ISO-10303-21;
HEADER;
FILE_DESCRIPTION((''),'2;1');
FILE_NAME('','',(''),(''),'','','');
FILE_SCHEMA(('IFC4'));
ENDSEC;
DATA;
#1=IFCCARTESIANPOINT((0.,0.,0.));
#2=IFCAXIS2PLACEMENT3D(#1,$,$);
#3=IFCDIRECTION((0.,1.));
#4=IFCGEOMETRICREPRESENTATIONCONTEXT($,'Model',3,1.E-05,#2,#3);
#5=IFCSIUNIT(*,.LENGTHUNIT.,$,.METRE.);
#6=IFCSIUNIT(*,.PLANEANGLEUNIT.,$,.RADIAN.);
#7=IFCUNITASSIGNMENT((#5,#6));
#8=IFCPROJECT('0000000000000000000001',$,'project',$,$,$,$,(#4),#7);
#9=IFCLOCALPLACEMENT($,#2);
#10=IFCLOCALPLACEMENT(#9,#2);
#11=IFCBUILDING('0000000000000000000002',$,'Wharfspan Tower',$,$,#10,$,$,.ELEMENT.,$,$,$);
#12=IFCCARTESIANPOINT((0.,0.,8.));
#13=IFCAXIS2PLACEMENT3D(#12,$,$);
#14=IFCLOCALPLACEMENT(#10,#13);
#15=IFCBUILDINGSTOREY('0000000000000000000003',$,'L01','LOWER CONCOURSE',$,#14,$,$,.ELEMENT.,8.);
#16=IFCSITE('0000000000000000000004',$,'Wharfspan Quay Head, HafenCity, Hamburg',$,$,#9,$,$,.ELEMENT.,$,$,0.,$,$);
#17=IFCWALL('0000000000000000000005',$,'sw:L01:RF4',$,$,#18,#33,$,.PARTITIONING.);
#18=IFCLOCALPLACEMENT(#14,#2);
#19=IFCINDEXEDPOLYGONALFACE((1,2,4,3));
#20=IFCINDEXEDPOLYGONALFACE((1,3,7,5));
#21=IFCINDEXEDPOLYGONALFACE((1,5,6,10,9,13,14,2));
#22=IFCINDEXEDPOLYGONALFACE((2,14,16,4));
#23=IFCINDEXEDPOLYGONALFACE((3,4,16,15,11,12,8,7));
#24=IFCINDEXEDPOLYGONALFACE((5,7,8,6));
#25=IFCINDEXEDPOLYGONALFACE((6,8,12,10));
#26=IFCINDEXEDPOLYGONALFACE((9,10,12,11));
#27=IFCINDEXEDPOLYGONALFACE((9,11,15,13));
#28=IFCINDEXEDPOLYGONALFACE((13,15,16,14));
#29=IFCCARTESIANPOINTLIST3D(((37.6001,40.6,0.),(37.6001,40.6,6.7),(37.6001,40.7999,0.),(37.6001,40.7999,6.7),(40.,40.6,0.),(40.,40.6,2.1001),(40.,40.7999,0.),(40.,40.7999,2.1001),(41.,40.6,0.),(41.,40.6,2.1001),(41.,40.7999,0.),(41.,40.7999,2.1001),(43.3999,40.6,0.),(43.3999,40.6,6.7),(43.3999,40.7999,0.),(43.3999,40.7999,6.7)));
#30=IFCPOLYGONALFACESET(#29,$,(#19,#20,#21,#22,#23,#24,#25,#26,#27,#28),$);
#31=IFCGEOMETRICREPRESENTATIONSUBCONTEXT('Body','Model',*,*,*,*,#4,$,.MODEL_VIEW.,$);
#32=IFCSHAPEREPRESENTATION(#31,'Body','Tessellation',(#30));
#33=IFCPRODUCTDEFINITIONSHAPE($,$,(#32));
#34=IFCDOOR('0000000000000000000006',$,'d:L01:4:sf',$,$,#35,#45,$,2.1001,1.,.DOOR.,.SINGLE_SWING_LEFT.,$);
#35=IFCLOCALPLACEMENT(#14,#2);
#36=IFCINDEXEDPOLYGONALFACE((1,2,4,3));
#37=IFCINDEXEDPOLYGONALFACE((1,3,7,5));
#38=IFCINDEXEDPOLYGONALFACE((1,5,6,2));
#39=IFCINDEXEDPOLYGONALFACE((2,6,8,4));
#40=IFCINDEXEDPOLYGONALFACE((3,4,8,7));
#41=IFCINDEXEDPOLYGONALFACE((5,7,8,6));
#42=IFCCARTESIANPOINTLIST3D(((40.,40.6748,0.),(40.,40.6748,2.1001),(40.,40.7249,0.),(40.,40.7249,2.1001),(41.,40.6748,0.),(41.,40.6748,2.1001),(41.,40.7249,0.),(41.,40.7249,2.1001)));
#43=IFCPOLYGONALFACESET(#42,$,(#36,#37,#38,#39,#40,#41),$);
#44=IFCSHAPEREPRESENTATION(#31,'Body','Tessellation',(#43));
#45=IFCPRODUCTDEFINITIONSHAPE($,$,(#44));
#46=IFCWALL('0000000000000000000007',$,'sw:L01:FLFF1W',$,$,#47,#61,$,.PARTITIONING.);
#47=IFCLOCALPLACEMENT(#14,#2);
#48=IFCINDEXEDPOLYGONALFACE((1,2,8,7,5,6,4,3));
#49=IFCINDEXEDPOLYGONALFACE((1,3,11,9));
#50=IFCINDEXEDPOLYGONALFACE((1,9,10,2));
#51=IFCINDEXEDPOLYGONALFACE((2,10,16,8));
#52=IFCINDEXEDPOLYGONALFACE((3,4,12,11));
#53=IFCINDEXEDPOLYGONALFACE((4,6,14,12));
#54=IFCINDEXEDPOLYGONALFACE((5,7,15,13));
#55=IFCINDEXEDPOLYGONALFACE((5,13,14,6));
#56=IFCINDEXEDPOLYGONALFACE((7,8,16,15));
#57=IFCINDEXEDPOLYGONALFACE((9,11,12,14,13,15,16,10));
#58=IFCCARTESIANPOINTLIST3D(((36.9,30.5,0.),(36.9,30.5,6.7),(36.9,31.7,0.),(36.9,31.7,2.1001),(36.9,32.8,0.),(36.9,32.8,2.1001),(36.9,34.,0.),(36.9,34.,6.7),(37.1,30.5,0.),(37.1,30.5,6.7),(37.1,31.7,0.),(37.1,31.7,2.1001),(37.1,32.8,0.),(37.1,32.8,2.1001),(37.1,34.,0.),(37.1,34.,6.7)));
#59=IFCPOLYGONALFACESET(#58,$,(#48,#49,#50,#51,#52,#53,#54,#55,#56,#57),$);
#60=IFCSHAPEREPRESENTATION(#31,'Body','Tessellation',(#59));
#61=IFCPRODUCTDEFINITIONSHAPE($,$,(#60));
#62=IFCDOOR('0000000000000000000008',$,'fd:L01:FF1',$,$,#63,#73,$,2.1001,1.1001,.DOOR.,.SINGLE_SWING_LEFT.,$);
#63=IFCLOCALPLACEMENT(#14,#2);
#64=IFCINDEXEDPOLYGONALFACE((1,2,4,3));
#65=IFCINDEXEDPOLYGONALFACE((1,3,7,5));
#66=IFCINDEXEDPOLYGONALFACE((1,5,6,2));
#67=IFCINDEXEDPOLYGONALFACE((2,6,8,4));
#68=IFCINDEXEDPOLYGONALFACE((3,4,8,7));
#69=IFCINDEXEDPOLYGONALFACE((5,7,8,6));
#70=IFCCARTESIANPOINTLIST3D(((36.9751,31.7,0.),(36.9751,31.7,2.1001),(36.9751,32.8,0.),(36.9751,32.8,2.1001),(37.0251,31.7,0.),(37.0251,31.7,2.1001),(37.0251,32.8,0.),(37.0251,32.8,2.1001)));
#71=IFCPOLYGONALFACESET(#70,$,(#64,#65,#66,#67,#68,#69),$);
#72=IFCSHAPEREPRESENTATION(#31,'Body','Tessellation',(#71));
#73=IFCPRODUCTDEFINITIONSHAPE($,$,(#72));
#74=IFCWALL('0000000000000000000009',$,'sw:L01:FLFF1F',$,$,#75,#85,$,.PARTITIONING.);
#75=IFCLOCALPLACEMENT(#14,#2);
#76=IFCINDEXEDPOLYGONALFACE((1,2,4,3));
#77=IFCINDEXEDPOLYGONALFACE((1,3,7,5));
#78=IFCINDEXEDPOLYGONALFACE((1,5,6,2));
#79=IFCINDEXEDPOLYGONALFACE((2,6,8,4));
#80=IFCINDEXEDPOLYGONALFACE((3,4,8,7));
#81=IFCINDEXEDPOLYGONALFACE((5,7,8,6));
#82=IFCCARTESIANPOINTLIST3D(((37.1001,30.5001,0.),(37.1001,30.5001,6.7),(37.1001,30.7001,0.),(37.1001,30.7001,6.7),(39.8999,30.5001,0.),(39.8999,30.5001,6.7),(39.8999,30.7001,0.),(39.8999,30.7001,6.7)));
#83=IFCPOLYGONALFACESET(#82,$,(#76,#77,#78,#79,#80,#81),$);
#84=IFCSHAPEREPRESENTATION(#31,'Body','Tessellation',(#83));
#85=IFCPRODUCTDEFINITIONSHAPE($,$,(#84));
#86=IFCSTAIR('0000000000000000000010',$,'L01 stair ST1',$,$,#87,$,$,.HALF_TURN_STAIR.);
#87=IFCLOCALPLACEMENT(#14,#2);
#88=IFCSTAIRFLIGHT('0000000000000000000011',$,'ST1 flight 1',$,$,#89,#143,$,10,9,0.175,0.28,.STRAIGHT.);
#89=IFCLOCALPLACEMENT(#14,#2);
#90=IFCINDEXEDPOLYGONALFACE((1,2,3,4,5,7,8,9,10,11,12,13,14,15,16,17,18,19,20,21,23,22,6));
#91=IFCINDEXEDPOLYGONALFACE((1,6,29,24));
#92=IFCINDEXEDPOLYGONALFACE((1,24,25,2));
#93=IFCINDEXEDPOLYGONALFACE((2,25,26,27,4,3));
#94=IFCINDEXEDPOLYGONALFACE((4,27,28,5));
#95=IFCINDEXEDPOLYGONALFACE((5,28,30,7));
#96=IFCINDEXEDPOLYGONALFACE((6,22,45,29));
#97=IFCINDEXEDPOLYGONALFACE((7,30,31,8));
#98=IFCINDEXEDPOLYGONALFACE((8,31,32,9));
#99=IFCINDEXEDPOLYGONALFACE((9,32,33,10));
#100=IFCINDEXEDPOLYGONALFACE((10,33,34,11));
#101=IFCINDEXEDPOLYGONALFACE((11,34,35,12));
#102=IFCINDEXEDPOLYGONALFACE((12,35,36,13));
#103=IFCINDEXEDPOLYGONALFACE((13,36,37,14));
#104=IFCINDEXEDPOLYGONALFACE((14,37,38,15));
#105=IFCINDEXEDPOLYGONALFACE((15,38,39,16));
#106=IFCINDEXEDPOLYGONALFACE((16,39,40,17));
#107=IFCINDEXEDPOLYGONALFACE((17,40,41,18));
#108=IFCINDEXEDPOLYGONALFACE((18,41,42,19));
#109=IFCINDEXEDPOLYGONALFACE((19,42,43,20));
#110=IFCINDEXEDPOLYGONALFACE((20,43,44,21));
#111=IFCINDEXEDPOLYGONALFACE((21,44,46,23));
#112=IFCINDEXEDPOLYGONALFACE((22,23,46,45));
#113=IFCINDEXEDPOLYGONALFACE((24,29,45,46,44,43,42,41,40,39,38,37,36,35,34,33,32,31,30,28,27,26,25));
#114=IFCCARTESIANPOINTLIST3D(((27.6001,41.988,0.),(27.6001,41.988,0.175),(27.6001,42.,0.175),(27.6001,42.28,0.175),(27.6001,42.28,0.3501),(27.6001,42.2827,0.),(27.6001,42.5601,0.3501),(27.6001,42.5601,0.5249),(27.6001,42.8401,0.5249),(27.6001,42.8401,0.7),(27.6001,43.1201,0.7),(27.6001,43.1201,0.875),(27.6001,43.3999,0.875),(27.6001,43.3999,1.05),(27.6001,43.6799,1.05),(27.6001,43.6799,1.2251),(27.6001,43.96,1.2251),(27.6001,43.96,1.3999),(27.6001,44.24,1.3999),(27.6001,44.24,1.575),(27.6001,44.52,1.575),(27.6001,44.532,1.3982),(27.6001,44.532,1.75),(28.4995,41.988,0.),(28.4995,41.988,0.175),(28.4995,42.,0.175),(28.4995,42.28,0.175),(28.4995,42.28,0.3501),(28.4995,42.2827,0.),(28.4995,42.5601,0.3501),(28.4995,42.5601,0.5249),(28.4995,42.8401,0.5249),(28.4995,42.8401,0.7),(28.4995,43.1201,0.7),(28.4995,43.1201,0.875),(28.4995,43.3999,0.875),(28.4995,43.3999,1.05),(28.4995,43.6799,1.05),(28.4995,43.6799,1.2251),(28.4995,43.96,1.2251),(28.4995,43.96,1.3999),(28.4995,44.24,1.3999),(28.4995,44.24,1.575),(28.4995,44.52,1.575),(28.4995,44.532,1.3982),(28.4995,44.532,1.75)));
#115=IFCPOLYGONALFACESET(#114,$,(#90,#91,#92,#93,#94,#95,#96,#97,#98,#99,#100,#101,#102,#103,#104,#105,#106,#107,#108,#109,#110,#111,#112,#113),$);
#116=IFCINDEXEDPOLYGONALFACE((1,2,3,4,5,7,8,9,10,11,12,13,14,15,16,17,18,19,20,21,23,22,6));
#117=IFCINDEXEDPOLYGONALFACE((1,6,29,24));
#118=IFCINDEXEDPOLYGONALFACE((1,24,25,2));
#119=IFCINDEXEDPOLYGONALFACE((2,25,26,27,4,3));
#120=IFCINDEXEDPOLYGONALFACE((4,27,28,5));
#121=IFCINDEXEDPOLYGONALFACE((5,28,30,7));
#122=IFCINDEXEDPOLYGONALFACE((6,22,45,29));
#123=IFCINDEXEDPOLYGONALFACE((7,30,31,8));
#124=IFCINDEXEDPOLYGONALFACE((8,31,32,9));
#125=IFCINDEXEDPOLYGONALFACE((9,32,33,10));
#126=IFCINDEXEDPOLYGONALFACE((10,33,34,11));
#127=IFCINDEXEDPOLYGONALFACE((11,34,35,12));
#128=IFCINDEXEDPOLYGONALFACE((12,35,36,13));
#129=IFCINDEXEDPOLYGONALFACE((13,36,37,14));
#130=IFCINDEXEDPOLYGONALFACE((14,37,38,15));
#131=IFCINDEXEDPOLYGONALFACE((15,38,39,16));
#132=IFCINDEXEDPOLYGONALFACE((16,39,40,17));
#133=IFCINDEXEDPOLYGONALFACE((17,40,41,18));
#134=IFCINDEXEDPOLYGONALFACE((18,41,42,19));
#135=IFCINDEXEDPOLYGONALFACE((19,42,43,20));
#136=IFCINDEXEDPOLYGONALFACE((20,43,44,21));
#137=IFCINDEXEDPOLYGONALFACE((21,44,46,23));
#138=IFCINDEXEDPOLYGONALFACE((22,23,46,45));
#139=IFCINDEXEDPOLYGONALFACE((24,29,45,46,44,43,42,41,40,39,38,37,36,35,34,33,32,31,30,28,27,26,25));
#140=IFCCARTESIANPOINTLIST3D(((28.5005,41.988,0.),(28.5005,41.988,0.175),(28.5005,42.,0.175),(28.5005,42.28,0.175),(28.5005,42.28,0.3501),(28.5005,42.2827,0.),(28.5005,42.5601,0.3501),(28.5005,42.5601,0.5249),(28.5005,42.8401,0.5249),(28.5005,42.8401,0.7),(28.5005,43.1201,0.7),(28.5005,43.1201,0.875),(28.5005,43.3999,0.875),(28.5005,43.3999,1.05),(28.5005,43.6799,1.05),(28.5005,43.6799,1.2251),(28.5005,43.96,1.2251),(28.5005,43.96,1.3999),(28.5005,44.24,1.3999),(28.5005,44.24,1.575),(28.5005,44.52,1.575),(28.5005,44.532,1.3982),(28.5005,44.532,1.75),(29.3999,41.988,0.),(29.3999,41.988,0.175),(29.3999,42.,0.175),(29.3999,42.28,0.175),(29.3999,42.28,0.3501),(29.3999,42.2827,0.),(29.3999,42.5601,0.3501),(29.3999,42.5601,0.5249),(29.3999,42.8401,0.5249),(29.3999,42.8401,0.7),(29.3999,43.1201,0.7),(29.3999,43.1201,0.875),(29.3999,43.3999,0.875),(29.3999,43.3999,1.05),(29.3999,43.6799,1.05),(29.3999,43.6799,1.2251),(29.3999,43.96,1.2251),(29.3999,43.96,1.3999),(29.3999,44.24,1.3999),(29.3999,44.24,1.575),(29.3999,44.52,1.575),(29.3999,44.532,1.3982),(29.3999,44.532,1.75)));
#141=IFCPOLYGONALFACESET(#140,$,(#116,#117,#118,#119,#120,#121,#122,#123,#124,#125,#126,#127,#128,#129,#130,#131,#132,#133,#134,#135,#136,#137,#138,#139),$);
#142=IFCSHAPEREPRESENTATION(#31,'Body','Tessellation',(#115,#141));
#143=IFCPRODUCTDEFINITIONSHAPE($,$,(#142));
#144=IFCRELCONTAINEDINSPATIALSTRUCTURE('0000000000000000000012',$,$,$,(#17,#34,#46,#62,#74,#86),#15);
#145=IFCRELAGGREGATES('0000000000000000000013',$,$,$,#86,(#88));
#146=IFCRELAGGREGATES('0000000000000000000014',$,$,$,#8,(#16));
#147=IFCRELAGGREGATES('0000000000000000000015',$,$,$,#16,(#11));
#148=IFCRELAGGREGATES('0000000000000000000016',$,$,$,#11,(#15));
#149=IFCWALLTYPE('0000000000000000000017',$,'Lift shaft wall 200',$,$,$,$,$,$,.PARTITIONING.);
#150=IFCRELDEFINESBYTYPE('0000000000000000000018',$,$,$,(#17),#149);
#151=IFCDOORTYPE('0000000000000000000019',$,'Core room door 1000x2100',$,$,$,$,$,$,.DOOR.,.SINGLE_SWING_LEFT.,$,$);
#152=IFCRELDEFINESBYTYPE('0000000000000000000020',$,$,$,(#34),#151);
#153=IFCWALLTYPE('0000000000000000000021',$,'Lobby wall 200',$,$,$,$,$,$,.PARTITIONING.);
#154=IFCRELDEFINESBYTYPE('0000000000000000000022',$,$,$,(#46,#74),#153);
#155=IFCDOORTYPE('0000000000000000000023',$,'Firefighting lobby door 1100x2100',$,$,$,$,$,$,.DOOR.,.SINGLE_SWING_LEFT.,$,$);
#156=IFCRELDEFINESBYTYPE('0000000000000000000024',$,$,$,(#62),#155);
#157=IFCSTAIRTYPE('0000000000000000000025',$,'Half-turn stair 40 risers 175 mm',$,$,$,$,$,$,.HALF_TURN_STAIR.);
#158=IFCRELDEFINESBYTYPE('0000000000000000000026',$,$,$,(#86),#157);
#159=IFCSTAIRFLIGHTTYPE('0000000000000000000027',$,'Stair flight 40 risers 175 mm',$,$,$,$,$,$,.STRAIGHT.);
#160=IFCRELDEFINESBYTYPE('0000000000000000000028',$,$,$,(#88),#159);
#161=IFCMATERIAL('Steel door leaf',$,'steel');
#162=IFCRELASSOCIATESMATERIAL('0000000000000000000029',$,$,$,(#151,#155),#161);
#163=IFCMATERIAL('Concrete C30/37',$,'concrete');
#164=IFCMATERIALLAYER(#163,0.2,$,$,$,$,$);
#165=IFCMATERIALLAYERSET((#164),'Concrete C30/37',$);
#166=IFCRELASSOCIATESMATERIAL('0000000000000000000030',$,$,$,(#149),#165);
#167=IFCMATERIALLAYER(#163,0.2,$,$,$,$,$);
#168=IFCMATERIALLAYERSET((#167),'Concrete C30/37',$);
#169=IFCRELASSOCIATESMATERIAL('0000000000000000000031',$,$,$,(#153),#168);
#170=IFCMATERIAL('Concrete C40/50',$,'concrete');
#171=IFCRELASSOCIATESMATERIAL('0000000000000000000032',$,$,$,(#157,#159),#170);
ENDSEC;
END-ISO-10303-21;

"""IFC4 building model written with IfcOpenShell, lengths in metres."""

from ifc_helpers import new_model, si_unit, direction, frame, frame_2d, origin, place, context, subcontext, project, spatial, polyline, rectangle, outline, extrude, material, layer, layer_set, type_object, element, fill, aggregate, save


model = new_model("IFC4")

# Units and contexts
model_context = context("Model", 3, precision=1e-05, world=origin(), true_north=direction((0.0, 1.0)))
body_context = subcontext(model_context, "Body", "Model", "MODEL_VIEW")
ifc_project = project(units=[si_unit("LENGTHUNIT", "METRE"), si_unit("PLANEANGLEUNIT", "RADIAN")], contexts=[model_context])

# Site, building, storey
site_placement = place(None, origin())
site = spatial("IfcSite", under=ifc_project, at=site_placement, Name="Wharfspan Quay Head, HafenCity, Hamburg", CompositionType="ELEMENT", RefElevation=0.0)
building_placement = place(site_placement, origin())
building = spatial("IfcBuilding", under=site, at=building_placement, Name="Wharfspan Tower", CompositionType="ELEMENT")
storey_placement = place(building_placement, frame((0.0, 0.0, 8.0)))
storey = spatial("IfcBuildingStorey", under=building, at=storey_placement, Name="L01", Description="LOWER CONCOURSE", CompositionType="ELEMENT", Elevation=8.0)

# Shared definitions
ifc_material_1 = material(Name="Steel door leaf", Category="steel")
door_type_1 = type_object("IfcDoorType", Name="Core room door 1000x2100", OperationType="SINGLE_SWING_LEFT", PredefinedType="DOOR", material=ifc_material_1)

# Walls, openings, doors
ifc_material_2 = material(Name="Concrete C30/37", Category="concrete")
ifc_layer_1 = layer(ifc_material_2, 0.2)
ifc_layer_set_1 = layer_set([ifc_layer_1], Name="Concrete C30/37")
wall_type_1 = type_object("IfcWallType", Name="Lift shaft wall 200", PredefinedType="PARTITIONING", material=ifc_layer_set_1)
wall_1_placement = place(storey_placement, frame((37.6001, 40.7, 0.0), z_axis=(0.0, 0.0, 1.0), x_axis=(1.0, 0.0, 0.0)))
wall_1 = element("IfcWall", 1, at=wall_1_placement, inside=storey, type_object=wall_type_1, Name="sw:L01:RF4", PredefinedType="PARTITIONING", context=body_context, shape_type="SweptSolid", body=[
    extrude(rectangle(XDim=5.7998, YDim=0.2, at=frame_2d((2.8999, 0.0))), origin(), (0.0, 0.0, 1.0), 6.7),
])
opening_1_placement = place(wall_1_placement, frame((2.3999, 0.0, 0.0)))
opening_1 = element("IfcOpeningElement", 2, at=opening_1_placement, cuts=wall_1, PredefinedType="OPENING", context=body_context, shape_type="SweptSolid", body=[
    extrude(rectangle(XDim=1.0, YDim=2.1001, at=frame_2d((0.5, 1.05))), frame((0.0, 0.1099, 0.0), z_axis=(0.0, -1.0, 0.0), x_axis=(1.0, 0.0, 0.0)), (0.0, 0.0, 1.0), 0.22),
])
door_1_placement = place(opening_1_placement, origin())
door_1 = element("IfcDoor", 3, at=door_1_placement, inside=storey, type_object=door_type_1, Name="d:L01:4:sf", OperationType="SINGLE_SWING_LEFT", OverallHeight=2.1001, OverallWidth=1.0, PredefinedType="DOOR", context=body_context, shape_type="SweptSolid", body=[
    extrude(rectangle(XDim=1.0, YDim=2.1001, at=frame_2d((0.5, 1.05))), frame((0.0, 0.0249, 0.0), z_axis=(0.0, -1.0, 0.0), x_axis=(1.0, 0.0, 0.0)), (0.0, 0.0, 1.0), 0.05),
])
fill(opening_1, door_1)
ifc_layer_2 = layer(ifc_material_2, 0.2)
ifc_layer_set_2 = layer_set([ifc_layer_2], Name="Concrete C30/37")
wall_type_2 = type_object("IfcWallType", Name="Lobby wall 200", PredefinedType="PARTITIONING", material=ifc_layer_set_2)
wall_2_placement = place(storey_placement, frame((37.0, 30.5, 0.0), z_axis=(0.0, 0.0, 1.0), x_axis=(0.0, 1.0, 0.0)))
wall_2 = element("IfcWall", 4, at=wall_2_placement, inside=storey, type_object=wall_type_2, Name="sw:L01:FLFF1W", PredefinedType="PARTITIONING", context=body_context, shape_type="SweptSolid", body=[
    extrude(rectangle(XDim=3.5, YDim=0.2, at=frame_2d((1.75, 0.0))), origin(), (0.0, 0.0, 1.0), 6.7),
])
opening_2_placement = place(wall_2_placement, frame((1.2, 0.0, 0.0)))
opening_2 = element("IfcOpeningElement", 5, at=opening_2_placement, cuts=wall_2, PredefinedType="OPENING", context=body_context, shape_type="SweptSolid", body=[
    extrude(rectangle(XDim=1.1001, YDim=2.1001, at=frame_2d((0.55, 1.05))), frame((0.0, 0.1099, 0.0), z_axis=(0.0, -1.0, 0.0), x_axis=(1.0, 0.0, 0.0)), (0.0, 0.0, 1.0), 0.22),
])
door_type_2 = type_object("IfcDoorType", Name="Firefighting lobby door 1100x2100", OperationType="SINGLE_SWING_LEFT", PredefinedType="DOOR", material=ifc_material_1)
door_2_placement = place(opening_2_placement, origin())
door_2 = element("IfcDoor", 6, at=door_2_placement, inside=storey, type_object=door_type_2, Name="fd:L01:FF1", OperationType="SINGLE_SWING_LEFT", OverallHeight=2.1001, OverallWidth=1.1001, PredefinedType="DOOR", context=body_context, shape_type="SweptSolid", body=[
    extrude(rectangle(XDim=1.1001, YDim=2.1001, at=frame_2d((0.55, 1.05))), frame((0.0, 0.0249, 0.0), z_axis=(0.0, -1.0, 0.0), x_axis=(1.0, 0.0, 0.0)), (0.0, 0.0, 1.0), 0.05),
])
fill(opening_2, door_2)

# Wall
wall_3_placement = place(storey_placement, frame((37.1001, 30.6001, 0.0), z_axis=(0.0, 0.0, 1.0), x_axis=(1.0, 0.0, 0.0)))
element("IfcWall", 7, at=wall_3_placement, inside=storey, type_object=wall_type_2, Name="sw:L01:FLFF1F", PredefinedType="PARTITIONING", context=body_context, shape_type="SweptSolid", body=[
    extrude(rectangle(XDim=2.7998, YDim=0.2, at=frame_2d((1.3999, 0.0))), origin(), (0.0, 0.0, 1.0), 6.7),
])

# Stair, stair flight
ifc_material_3 = material(Name="Concrete C40/50", Category="concrete")
stair_type = type_object("IfcStairType", Name="Half-turn stair 40 risers 175 mm", PredefinedType="HALF_TURN_STAIR", material=ifc_material_3)
stair_placement = place(storey_placement, origin())
stair = element("IfcStair", 8, at=stair_placement, inside=storey, type_object=stair_type, Name="L01 stair ST1", PredefinedType="HALF_TURN_STAIR")
stair_flight_type = type_object("IfcStairFlightType", Name="Stair flight 40 risers 175 mm", PredefinedType="STRAIGHT", material=ifc_material_3)
stair_flight_placement = place(storey_placement, frame((28.5, 42.0, 0.0), z_axis=(0.0, 0.0, 1.0), x_axis=(0.0, 1.0, 0.0)))
stair_flight = element("IfcStairFlight", 9, at=stair_flight_placement, type_object=stair_flight_type, Name="ST1 flight 1", NumberOfRisers=10, NumberOfTreads=9, PredefinedType="STRAIGHT", RiserHeight=0.175, TreadLength=0.28, context=body_context, shape_type="SweptSolid", body=[
    extrude(outline(polyline([(-0.012, 0.0), (-0.012, 0.175), (0.0, 0.175), (0.28, 0.175), (0.28, 0.3501), (0.5601, 0.3501), (0.5601, 0.5249), (0.8401, 0.5249), (0.8401, 0.7), (1.1201, 0.7), (1.1201, 0.875), (1.3999, 0.875), (1.3999, 1.05), (1.6799, 1.05), (1.6799, 1.2251), (1.96, 1.2251), (1.96, 1.3999), (2.24, 1.3999), (2.24, 1.575), (2.52, 1.575), (2.532, 1.75), (2.532, 1.3982), (0.2827, 0.0), (-0.012, 0.0)])), frame((0.0, 0.8999, 0.0), z_axis=(0.0, -1.0, 0.0), x_axis=(1.0, 0.0, 0.0)), (0.0, 0.0, 1.0), 0.8994),
    extrude(outline(polyline([(-0.012, 0.0), (-0.012, 0.175), (0.0, 0.175), (0.28, 0.175), (0.28, 0.3501), (0.5601, 0.3501), (0.5601, 0.5249), (0.8401, 0.5249), (0.8401, 0.7), (1.1201, 0.7), (1.1201, 0.875), (1.3999, 0.875), (1.3999, 1.05), (1.6799, 1.05), (1.6799, 1.2251), (1.96, 1.2251), (1.96, 1.3999), (2.24, 1.3999), (2.24, 1.575), (2.52, 1.575), (2.532, 1.75), (2.532, 1.3982), (0.2827, 0.0), (-0.012, 0.0)])), frame((0.0, -0.0005, 0.0), z_axis=(0.0, -1.0, 0.0), x_axis=(1.0, 0.0, 0.0)), (0.0, 0.0, 1.0), 0.8994),
])
aggregate(stair, [stair_flight])

save(model, "model.ifc")
